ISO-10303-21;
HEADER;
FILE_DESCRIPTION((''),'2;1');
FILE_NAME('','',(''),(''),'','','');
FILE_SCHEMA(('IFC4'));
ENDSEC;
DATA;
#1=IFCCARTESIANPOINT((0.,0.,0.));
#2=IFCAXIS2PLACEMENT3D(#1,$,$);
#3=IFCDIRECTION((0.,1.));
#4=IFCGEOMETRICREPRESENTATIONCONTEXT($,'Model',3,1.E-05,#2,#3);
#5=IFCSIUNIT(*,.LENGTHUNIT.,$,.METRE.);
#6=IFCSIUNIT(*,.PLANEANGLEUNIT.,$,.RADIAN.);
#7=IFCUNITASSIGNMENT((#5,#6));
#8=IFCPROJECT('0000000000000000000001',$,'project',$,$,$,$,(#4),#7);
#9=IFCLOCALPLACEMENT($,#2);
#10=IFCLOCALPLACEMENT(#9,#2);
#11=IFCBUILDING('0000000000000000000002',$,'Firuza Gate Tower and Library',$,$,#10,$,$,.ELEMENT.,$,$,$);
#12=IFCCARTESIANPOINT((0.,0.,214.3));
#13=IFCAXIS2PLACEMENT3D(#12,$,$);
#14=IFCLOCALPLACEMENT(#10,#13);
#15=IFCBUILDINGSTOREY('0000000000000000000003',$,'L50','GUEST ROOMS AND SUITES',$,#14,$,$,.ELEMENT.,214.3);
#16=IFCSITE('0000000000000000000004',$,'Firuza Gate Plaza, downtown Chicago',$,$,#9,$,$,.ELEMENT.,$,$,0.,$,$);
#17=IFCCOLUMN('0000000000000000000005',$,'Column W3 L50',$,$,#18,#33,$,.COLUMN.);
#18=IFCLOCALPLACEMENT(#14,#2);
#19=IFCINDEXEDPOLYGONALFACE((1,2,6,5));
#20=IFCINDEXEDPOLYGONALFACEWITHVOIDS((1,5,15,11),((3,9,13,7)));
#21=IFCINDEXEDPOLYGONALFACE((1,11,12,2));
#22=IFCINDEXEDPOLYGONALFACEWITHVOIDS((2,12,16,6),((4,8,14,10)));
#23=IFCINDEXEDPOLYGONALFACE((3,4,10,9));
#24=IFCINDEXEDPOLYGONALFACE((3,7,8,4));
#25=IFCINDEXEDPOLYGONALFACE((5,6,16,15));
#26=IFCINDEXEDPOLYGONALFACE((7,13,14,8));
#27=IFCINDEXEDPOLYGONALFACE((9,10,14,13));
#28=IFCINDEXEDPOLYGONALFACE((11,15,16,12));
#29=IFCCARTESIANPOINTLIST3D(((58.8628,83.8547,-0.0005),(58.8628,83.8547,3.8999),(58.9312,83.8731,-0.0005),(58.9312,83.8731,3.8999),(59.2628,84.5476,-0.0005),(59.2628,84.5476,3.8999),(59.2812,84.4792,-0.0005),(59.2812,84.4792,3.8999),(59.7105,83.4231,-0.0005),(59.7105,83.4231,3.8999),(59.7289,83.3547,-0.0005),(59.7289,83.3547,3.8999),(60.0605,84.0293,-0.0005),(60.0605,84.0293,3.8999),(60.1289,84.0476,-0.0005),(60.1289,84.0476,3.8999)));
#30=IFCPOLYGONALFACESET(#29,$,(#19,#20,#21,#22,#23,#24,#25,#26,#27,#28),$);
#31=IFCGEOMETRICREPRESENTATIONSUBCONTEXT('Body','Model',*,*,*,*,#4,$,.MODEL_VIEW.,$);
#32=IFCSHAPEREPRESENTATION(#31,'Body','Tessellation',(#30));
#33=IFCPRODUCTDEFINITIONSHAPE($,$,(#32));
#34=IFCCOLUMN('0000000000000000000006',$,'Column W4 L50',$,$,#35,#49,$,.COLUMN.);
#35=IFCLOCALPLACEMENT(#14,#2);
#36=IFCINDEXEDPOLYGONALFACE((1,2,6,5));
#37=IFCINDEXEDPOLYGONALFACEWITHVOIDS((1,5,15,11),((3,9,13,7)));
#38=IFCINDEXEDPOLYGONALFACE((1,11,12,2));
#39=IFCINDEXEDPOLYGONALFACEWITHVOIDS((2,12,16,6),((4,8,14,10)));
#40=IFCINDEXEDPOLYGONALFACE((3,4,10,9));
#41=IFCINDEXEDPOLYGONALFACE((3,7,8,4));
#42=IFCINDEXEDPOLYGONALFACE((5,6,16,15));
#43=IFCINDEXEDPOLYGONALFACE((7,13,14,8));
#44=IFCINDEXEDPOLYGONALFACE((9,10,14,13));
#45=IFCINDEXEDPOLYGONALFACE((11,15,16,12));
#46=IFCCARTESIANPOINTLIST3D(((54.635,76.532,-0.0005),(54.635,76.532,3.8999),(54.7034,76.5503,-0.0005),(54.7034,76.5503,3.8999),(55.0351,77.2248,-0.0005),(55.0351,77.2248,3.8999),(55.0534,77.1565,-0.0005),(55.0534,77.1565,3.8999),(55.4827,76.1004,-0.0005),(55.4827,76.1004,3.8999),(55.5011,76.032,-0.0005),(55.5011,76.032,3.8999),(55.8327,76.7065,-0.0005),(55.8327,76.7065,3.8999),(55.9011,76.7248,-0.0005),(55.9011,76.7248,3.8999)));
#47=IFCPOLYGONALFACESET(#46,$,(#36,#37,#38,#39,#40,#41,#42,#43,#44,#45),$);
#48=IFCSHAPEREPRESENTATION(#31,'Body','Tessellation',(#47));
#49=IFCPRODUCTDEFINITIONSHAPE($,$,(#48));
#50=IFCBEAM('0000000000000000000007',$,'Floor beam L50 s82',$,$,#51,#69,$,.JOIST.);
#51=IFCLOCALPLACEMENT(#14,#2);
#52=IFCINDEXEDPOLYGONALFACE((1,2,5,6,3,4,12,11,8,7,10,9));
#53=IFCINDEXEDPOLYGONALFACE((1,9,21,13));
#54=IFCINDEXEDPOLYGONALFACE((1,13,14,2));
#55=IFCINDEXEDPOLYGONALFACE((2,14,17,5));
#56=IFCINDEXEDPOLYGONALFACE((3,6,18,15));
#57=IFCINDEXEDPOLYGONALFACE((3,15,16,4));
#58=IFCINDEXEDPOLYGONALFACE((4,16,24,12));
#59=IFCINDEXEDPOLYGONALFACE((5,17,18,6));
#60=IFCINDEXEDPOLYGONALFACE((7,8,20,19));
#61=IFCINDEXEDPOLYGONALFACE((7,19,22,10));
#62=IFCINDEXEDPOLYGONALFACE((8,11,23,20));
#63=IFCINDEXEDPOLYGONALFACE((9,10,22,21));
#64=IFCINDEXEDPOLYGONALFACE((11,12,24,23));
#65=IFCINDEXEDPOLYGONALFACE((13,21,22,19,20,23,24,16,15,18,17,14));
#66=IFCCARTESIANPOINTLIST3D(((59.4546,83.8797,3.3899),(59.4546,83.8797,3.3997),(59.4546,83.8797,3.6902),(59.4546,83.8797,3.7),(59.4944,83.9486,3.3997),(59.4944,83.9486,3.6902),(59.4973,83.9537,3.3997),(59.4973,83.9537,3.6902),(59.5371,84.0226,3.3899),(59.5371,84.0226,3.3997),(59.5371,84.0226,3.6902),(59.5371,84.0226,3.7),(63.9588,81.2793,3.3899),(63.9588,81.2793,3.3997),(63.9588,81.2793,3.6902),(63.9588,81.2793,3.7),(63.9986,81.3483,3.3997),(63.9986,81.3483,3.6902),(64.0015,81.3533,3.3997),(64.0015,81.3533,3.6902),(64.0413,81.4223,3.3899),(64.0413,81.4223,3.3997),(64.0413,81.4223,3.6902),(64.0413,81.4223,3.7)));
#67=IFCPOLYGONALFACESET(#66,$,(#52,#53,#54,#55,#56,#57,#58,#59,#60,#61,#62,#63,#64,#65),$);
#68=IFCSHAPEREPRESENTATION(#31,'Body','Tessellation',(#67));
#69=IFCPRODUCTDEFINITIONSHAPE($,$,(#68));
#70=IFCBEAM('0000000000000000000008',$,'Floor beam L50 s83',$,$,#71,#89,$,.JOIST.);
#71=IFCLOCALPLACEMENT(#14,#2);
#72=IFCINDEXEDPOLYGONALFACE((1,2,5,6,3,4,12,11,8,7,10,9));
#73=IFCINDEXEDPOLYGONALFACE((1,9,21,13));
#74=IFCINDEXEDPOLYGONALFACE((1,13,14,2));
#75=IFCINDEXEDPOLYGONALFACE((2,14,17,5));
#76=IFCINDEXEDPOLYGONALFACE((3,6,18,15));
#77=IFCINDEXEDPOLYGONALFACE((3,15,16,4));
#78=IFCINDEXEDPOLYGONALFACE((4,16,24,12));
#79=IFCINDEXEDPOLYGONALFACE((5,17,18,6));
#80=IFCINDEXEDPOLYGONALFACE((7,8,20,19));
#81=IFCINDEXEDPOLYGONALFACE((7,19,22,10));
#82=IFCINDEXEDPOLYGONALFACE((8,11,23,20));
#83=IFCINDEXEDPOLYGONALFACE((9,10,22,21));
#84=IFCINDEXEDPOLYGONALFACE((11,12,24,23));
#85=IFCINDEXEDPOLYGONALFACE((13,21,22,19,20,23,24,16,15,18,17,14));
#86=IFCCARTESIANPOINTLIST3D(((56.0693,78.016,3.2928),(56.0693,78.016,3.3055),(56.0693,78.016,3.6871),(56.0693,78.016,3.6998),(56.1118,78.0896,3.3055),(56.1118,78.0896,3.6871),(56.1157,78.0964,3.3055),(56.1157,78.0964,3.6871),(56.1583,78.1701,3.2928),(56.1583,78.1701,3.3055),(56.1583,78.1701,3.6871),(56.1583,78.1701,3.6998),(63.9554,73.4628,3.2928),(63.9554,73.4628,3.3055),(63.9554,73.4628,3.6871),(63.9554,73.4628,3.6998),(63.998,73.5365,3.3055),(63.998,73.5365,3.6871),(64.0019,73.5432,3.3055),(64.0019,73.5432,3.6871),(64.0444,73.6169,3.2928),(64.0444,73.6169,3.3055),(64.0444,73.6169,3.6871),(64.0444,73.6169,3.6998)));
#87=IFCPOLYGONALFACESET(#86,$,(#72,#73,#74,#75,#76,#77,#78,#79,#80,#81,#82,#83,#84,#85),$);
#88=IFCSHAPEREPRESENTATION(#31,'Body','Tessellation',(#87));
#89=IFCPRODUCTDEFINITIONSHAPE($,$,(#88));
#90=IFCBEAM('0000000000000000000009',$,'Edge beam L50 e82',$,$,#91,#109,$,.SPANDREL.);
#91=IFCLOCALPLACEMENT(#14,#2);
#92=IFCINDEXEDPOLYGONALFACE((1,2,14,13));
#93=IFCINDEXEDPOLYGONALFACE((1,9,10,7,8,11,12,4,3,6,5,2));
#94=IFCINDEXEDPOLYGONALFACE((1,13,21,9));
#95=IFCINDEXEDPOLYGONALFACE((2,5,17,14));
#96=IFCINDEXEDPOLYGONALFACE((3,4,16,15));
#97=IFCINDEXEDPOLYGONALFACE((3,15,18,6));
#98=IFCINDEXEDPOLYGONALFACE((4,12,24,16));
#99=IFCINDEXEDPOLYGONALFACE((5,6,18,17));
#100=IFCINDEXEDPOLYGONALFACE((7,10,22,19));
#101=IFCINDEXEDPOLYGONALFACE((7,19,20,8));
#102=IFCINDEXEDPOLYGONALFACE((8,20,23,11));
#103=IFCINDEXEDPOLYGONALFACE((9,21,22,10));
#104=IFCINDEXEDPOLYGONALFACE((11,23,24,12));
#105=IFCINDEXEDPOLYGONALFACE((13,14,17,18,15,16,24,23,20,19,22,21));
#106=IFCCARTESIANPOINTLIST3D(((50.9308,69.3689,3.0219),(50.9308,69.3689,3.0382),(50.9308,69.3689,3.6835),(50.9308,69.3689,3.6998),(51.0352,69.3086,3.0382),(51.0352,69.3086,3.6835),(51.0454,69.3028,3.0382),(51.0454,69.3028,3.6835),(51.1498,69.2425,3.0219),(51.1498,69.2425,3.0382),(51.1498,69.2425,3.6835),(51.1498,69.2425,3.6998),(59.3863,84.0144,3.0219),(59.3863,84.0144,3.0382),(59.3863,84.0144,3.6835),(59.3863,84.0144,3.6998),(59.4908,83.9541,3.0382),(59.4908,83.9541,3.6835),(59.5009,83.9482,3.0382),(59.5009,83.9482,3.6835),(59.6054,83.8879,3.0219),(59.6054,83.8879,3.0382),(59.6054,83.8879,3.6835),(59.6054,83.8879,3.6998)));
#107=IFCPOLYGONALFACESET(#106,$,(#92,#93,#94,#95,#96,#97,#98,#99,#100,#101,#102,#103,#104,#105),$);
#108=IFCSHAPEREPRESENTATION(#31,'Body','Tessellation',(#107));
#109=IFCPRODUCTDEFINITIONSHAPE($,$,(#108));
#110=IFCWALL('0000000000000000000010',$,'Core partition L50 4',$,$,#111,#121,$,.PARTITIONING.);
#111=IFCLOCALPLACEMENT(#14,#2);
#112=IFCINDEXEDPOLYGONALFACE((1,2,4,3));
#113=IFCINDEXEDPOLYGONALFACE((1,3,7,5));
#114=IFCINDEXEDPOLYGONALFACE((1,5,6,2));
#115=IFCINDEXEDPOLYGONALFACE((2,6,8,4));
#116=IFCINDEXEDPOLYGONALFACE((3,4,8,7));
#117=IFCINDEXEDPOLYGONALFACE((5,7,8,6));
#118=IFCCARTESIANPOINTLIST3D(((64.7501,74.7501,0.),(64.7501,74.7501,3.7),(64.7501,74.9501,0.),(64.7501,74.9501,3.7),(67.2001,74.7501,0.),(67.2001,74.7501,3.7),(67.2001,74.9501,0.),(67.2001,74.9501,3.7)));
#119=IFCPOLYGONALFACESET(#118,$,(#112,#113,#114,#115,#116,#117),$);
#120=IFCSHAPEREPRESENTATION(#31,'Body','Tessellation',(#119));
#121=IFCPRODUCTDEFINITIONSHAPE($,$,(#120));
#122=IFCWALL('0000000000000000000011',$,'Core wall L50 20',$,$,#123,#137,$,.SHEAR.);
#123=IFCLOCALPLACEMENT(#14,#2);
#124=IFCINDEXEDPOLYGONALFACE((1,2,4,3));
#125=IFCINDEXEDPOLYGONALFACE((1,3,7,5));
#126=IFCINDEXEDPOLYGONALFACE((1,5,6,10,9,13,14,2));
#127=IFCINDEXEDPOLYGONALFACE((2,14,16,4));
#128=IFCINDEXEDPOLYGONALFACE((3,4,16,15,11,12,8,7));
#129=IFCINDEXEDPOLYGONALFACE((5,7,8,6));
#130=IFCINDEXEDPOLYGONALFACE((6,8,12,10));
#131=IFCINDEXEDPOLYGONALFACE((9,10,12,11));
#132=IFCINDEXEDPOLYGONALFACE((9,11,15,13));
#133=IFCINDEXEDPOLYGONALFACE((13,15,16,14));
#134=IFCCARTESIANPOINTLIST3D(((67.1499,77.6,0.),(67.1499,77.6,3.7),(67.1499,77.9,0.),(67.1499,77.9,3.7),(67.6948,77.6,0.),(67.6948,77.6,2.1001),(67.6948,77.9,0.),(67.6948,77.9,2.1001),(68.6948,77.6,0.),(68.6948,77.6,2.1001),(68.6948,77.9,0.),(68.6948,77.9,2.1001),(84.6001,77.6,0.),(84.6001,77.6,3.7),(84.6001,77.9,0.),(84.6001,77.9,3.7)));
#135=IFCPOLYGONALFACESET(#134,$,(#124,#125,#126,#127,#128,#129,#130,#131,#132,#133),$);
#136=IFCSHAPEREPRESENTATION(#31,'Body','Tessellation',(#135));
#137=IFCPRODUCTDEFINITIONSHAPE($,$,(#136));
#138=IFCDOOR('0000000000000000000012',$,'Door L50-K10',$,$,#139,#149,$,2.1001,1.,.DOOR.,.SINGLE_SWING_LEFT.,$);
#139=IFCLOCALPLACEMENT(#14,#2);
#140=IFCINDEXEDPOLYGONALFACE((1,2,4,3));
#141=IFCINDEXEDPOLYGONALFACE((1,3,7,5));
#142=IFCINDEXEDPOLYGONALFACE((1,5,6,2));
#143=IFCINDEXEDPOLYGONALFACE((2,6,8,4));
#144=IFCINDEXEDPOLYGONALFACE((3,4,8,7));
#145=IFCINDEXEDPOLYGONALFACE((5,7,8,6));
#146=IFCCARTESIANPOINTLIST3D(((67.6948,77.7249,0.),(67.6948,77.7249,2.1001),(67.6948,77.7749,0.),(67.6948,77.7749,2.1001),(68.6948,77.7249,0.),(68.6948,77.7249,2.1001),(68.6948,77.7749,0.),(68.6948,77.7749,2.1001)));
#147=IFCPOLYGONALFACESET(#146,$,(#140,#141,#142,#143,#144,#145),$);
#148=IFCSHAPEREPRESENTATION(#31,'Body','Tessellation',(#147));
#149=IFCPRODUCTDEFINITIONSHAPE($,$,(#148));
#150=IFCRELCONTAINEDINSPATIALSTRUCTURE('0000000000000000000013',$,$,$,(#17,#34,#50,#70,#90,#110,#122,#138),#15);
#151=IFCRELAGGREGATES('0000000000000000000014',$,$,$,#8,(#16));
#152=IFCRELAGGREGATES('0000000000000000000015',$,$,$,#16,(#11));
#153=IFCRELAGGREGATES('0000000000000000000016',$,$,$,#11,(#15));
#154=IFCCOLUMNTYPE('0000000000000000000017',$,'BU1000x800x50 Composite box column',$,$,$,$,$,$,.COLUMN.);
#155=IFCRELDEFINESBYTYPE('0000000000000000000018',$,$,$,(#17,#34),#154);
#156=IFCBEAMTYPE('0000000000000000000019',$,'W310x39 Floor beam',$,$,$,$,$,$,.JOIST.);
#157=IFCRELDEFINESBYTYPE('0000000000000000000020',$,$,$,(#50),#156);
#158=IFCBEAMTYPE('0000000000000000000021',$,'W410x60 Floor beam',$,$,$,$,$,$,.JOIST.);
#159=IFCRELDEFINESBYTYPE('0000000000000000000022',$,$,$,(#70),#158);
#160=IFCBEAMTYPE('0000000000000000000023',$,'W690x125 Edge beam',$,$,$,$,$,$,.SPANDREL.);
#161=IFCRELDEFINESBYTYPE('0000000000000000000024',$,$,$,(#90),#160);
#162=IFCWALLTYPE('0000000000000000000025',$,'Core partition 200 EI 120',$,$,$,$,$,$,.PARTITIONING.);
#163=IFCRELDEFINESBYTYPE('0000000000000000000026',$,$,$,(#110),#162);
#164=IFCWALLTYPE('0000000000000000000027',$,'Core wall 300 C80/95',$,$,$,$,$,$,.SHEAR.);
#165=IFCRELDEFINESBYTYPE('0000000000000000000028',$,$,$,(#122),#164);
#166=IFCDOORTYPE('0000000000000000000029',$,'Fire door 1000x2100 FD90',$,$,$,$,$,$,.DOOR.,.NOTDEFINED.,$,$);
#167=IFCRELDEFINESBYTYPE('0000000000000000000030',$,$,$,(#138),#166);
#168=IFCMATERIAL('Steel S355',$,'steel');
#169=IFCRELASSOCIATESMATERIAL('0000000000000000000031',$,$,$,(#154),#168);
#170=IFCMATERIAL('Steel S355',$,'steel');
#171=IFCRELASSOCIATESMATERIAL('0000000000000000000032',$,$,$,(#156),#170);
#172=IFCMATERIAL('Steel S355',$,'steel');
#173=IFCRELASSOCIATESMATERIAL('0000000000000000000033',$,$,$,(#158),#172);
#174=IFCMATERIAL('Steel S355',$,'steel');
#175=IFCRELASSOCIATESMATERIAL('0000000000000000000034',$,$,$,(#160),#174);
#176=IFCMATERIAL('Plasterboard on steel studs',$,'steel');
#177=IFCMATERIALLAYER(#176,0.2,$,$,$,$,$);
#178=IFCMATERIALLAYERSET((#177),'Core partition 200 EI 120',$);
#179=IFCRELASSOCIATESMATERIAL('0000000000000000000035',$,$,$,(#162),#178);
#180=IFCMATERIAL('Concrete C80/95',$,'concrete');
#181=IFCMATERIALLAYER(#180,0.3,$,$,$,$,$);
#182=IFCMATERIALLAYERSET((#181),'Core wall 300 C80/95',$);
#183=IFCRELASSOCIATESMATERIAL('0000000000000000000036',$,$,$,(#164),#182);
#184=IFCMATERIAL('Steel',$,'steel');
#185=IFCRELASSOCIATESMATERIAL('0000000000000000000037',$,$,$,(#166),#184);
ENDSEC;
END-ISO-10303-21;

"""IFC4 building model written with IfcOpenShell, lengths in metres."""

from ifc_helpers import new_model, si_unit, direction, frame, frame_2d, origin, origin_2d, place, context, subcontext, project, spatial, rectangle, hollow_rectangle, i_section, extrude, material, layer, layer_set, material_profile, profile_set, type_object, element, fill, save


model = new_model("IFC4")

# Units and contexts
model_context = context("Model", 3, precision=1e-05, world=origin(), true_north=direction((0.0, 1.0)))
body_context = subcontext(model_context, "Body", "Model", "MODEL_VIEW")
ifc_project = project(units=[si_unit("LENGTHUNIT", "METRE"), si_unit("PLANEANGLEUNIT", "RADIAN")], contexts=[model_context])

# Site, building, storey
site_placement = place(None, origin())
site = spatial("IfcSite", under=ifc_project, at=site_placement, Name="Firuza Gate Plaza, downtown Chicago", CompositionType="ELEMENT", RefElevation=0.0)
building_placement = place(site_placement, origin())
building = spatial("IfcBuilding", under=site, at=building_placement, Name="Firuza Gate Tower and Library", CompositionType="ELEMENT")
storey_placement = place(building_placement, frame((0.0, 0.0, 214.3)))
storey = spatial("IfcBuildingStorey", under=building, at=storey_placement, Name="L50", Description="GUEST ROOMS AND SUITES", CompositionType="ELEMENT", Elevation=214.3)

# Columns
ifc_material_1 = material(Name="Steel S355", Category="steel")
ifc_material_profile_1 = material_profile(ifc_material_1, hollow_rectangle(XDim=0.8, YDim=1.0, WallThickness=0.05, at=origin_2d()))
ifc_profile_set_1 = profile_set([ifc_material_profile_1], Name="Steel S355")
column_type = type_object("IfcColumnType", Name="BU1000x800x50 Composite box column", PredefinedType="COLUMN", material=ifc_profile_set_1)
for number, where, z_axis, x_axis, name in (
    (1, (59.4958, 83.9512, -0.0005), (0.0, 0.0, 1.0), (-0.5, -0.866025, 0.0), "Column W3 L50"),
    (2, (55.2681, 76.6284, -0.0005), (0.0, 0.0, 1.0), (-0.5, -0.866025, 0.0), "Column W4 L50"),
):
    element("IfcColumn", number, at=place(storey_placement, frame(where, z_axis=z_axis, x_axis=x_axis)), inside=storey, type_object=column_type, Name=name, PredefinedType="COLUMN", context=body_context, shape_type="SweptSolid", body=[
        extrude(hollow_rectangle(XDim=0.8, YDim=1.0, WallThickness=0.05, at=origin_2d()), origin(), (0.0, 0.0, 1.0), 3.9004),
    ])

# Beams
ifc_material_2 = material(Name="Steel S355", Category="steel")
ifc_material_profile_2 = material_profile(ifc_material_2, i_section(OverallWidth=0.165, OverallDepth=0.3101, WebThickness=0.0059, FlangeThickness=0.0098, at=origin_2d()))
ifc_profile_set_2 = profile_set([ifc_material_profile_2], Name="Steel S355")
beam_type_1 = type_object("IfcBeamType", Name="W310x39 Floor beam", PredefinedType="JOIST", material=ifc_profile_set_2)
beam_1_placement = place(storey_placement, frame((59.4958, 83.9512, 3.5449), z_axis=(0.866036, -0.499981, 0.0), x_axis=(0.499981, 0.866036, 0.0)))
element("IfcBeam", 3, at=beam_1_placement, inside=storey, type_object=beam_type_1, Name="Floor beam L50 s82", PredefinedType="JOIST", context=body_context, shape_type="SweptSolid", body=[
    extrude(i_section(OverallWidth=0.165, OverallDepth=0.3101, WebThickness=0.0059, FlangeThickness=0.0098, at=origin_2d()), origin(), (0.0, 0.0, 1.0), 5.2009),
])
ifc_material_3 = material(Name="Steel S355", Category="steel")
ifc_material_profile_3 = material_profile(ifc_material_3, i_section(OverallWidth=0.178, OverallDepth=0.407, WebThickness=0.0078, FlangeThickness=0.0127, at=origin_2d()))
ifc_profile_set_3 = profile_set([ifc_material_profile_3], Name="Steel S355")
beam_type_2 = type_object("IfcBeamType", Name="W410x60 Floor beam", PredefinedType="JOIST", material=ifc_profile_set_3)
beam_2_placement = place(storey_placement, frame((56.1138, 78.093, 3.4963), z_axis=(0.86602, -0.500009, 0.0), x_axis=(0.500009, 0.86602, 0.0)))
element("IfcBeam", 4, at=beam_2_placement, inside=storey, type_object=beam_type_2, Name="Floor beam L50 s83", PredefinedType="JOIST", context=body_context, shape_type="SweptSolid", body=[
    extrude(i_section(OverallWidth=0.178, OverallDepth=0.407, WebThickness=0.0078, FlangeThickness=0.0127, at=origin_2d()), origin(), (0.0, 0.0, 1.0), 9.1062),
])
ifc_material_4 = material(Name="Steel S355", Category="steel")
ifc_material_profile_4 = material_profile(ifc_material_4, i_section(OverallWidth=0.2529, OverallDepth=0.678, WebThickness=0.0117, FlangeThickness=0.0164, at=origin_2d()))
ifc_profile_set_4 = profile_set([ifc_material_profile_4], Name="Steel S355")
beam_type_3 = type_object("IfcBeamType", Name="W690x125 Edge beam", PredefinedType="SPANDREL", material=ifc_profile_set_4)
beam_3_placement = place(storey_placement, frame((59.4958, 83.9512, 3.3608), z_axis=(-0.499999, -0.866026, 0.0), x_axis=(0.866026, -0.499999, 0.0)))
element("IfcBeam", 5, at=beam_3_placement, inside=storey, type_object=beam_type_3, Name="Edge beam L50 e82", PredefinedType="SPANDREL", context=body_context, shape_type="SweptSolid", body=[
    extrude(i_section(OverallWidth=0.2529, OverallDepth=0.678, WebThickness=0.0117, FlangeThickness=0.0164, at=origin_2d()), origin(), (0.0, 0.0, 1.0), 16.9111),
])

# Wall
ifc_material_5 = material(Name="Plasterboard on steel studs", Category="steel")
ifc_layer_1 = layer(ifc_material_5, 0.2)
ifc_layer_set_1 = layer_set([ifc_layer_1], Name="Core partition 200 EI 120")
wall_type_1 = type_object("IfcWallType", Name="Core partition 200 EI 120", PredefinedType="PARTITIONING", material=ifc_layer_set_1)
wall_1_placement = place(storey_placement, frame((64.75, 74.8501, 0.0), z_axis=(0.0, 0.0, 1.0), x_axis=(1.0, 0.0, 0.0)))
element("IfcWall", 6, at=wall_1_placement, inside=storey, type_object=wall_type_1, Name="Core partition L50 4", PredefinedType="PARTITIONING", context=body_context, shape_type="SweptSolid", body=[
    extrude(rectangle(XDim=2.45, YDim=0.2, at=frame_2d((1.2251, 0.0))), origin(), (0.0, 0.0, 1.0), 3.7),
])

# Wall, opening, door
ifc_material_6 = material(Name="Concrete C80/95", Category="concrete")
ifc_layer_2 = layer(ifc_material_6, 0.3)
ifc_layer_set_2 = layer_set([ifc_layer_2], Name="Core wall 300 C80/95")
wall_type_2 = type_object("IfcWallType", Name="Core wall 300 C80/95", PredefinedType="SHEAR", material=ifc_layer_set_2)
wall_2_placement = place(storey_placement, frame((67.1499, 77.75, 0.0), z_axis=(0.0, 0.0, 1.0), x_axis=(1.0, 0.0, 0.0)))
wall_2 = element("IfcWall", 7, at=wall_2_placement, inside=storey, type_object=wall_type_2, Name="Core wall L50 20", PredefinedType="SHEAR", context=body_context, shape_type="SweptSolid", body=[
    extrude(rectangle(XDim=17.4502, YDim=0.3, at=frame_2d((8.7251, 0.0))), origin(), (0.0, 0.0, 1.0), 3.7),
])
opening_1_placement = place(wall_2_placement, frame((0.5449, 0.0, 0.0)))
opening_1 = element("IfcOpeningElement", 8, at=opening_1_placement, cuts=wall_2, PredefinedType="OPENING", context=body_context, shape_type="SweptSolid", body=[
    extrude(rectangle(XDim=1.0, YDim=2.1001, at=frame_2d((0.5, 1.05))), frame((0.0, 0.1602, 0.0), z_axis=(0.0, -1.0, 0.0), x_axis=(1.0, 0.0, 0.0)), (0.0, 0.0, 1.0), 0.3201),
])
ifc_material_7 = material(Name="Steel", Category="steel")
door_type_1 = type_object("IfcDoorType", Name="Fire door 1000x2100 FD90", OperationType="NOTDEFINED", PredefinedType="DOOR", material=ifc_material_7)
door_1_placement = place(opening_1_placement, origin())
door_1 = element("IfcDoor", 9, at=door_1_placement, inside=storey, type_object=door_type_1, Name="Door L50-K10", OperationType="SINGLE_SWING_LEFT", OverallHeight=2.1001, OverallWidth=1.0, PredefinedType="DOOR", context=body_context, shape_type="SweptSolid", body=[
    extrude(rectangle(XDim=1.0, YDim=2.1001, at=frame_2d((0.5, 1.05))), frame((0.0, 0.0249, 0.0), z_axis=(0.0, -1.0, 0.0), x_axis=(1.0, 0.0, 0.0)), (0.0, 0.0, 1.0), 0.05),
])
fill(opening_1, door_1)

save(model, "model.ifc")
